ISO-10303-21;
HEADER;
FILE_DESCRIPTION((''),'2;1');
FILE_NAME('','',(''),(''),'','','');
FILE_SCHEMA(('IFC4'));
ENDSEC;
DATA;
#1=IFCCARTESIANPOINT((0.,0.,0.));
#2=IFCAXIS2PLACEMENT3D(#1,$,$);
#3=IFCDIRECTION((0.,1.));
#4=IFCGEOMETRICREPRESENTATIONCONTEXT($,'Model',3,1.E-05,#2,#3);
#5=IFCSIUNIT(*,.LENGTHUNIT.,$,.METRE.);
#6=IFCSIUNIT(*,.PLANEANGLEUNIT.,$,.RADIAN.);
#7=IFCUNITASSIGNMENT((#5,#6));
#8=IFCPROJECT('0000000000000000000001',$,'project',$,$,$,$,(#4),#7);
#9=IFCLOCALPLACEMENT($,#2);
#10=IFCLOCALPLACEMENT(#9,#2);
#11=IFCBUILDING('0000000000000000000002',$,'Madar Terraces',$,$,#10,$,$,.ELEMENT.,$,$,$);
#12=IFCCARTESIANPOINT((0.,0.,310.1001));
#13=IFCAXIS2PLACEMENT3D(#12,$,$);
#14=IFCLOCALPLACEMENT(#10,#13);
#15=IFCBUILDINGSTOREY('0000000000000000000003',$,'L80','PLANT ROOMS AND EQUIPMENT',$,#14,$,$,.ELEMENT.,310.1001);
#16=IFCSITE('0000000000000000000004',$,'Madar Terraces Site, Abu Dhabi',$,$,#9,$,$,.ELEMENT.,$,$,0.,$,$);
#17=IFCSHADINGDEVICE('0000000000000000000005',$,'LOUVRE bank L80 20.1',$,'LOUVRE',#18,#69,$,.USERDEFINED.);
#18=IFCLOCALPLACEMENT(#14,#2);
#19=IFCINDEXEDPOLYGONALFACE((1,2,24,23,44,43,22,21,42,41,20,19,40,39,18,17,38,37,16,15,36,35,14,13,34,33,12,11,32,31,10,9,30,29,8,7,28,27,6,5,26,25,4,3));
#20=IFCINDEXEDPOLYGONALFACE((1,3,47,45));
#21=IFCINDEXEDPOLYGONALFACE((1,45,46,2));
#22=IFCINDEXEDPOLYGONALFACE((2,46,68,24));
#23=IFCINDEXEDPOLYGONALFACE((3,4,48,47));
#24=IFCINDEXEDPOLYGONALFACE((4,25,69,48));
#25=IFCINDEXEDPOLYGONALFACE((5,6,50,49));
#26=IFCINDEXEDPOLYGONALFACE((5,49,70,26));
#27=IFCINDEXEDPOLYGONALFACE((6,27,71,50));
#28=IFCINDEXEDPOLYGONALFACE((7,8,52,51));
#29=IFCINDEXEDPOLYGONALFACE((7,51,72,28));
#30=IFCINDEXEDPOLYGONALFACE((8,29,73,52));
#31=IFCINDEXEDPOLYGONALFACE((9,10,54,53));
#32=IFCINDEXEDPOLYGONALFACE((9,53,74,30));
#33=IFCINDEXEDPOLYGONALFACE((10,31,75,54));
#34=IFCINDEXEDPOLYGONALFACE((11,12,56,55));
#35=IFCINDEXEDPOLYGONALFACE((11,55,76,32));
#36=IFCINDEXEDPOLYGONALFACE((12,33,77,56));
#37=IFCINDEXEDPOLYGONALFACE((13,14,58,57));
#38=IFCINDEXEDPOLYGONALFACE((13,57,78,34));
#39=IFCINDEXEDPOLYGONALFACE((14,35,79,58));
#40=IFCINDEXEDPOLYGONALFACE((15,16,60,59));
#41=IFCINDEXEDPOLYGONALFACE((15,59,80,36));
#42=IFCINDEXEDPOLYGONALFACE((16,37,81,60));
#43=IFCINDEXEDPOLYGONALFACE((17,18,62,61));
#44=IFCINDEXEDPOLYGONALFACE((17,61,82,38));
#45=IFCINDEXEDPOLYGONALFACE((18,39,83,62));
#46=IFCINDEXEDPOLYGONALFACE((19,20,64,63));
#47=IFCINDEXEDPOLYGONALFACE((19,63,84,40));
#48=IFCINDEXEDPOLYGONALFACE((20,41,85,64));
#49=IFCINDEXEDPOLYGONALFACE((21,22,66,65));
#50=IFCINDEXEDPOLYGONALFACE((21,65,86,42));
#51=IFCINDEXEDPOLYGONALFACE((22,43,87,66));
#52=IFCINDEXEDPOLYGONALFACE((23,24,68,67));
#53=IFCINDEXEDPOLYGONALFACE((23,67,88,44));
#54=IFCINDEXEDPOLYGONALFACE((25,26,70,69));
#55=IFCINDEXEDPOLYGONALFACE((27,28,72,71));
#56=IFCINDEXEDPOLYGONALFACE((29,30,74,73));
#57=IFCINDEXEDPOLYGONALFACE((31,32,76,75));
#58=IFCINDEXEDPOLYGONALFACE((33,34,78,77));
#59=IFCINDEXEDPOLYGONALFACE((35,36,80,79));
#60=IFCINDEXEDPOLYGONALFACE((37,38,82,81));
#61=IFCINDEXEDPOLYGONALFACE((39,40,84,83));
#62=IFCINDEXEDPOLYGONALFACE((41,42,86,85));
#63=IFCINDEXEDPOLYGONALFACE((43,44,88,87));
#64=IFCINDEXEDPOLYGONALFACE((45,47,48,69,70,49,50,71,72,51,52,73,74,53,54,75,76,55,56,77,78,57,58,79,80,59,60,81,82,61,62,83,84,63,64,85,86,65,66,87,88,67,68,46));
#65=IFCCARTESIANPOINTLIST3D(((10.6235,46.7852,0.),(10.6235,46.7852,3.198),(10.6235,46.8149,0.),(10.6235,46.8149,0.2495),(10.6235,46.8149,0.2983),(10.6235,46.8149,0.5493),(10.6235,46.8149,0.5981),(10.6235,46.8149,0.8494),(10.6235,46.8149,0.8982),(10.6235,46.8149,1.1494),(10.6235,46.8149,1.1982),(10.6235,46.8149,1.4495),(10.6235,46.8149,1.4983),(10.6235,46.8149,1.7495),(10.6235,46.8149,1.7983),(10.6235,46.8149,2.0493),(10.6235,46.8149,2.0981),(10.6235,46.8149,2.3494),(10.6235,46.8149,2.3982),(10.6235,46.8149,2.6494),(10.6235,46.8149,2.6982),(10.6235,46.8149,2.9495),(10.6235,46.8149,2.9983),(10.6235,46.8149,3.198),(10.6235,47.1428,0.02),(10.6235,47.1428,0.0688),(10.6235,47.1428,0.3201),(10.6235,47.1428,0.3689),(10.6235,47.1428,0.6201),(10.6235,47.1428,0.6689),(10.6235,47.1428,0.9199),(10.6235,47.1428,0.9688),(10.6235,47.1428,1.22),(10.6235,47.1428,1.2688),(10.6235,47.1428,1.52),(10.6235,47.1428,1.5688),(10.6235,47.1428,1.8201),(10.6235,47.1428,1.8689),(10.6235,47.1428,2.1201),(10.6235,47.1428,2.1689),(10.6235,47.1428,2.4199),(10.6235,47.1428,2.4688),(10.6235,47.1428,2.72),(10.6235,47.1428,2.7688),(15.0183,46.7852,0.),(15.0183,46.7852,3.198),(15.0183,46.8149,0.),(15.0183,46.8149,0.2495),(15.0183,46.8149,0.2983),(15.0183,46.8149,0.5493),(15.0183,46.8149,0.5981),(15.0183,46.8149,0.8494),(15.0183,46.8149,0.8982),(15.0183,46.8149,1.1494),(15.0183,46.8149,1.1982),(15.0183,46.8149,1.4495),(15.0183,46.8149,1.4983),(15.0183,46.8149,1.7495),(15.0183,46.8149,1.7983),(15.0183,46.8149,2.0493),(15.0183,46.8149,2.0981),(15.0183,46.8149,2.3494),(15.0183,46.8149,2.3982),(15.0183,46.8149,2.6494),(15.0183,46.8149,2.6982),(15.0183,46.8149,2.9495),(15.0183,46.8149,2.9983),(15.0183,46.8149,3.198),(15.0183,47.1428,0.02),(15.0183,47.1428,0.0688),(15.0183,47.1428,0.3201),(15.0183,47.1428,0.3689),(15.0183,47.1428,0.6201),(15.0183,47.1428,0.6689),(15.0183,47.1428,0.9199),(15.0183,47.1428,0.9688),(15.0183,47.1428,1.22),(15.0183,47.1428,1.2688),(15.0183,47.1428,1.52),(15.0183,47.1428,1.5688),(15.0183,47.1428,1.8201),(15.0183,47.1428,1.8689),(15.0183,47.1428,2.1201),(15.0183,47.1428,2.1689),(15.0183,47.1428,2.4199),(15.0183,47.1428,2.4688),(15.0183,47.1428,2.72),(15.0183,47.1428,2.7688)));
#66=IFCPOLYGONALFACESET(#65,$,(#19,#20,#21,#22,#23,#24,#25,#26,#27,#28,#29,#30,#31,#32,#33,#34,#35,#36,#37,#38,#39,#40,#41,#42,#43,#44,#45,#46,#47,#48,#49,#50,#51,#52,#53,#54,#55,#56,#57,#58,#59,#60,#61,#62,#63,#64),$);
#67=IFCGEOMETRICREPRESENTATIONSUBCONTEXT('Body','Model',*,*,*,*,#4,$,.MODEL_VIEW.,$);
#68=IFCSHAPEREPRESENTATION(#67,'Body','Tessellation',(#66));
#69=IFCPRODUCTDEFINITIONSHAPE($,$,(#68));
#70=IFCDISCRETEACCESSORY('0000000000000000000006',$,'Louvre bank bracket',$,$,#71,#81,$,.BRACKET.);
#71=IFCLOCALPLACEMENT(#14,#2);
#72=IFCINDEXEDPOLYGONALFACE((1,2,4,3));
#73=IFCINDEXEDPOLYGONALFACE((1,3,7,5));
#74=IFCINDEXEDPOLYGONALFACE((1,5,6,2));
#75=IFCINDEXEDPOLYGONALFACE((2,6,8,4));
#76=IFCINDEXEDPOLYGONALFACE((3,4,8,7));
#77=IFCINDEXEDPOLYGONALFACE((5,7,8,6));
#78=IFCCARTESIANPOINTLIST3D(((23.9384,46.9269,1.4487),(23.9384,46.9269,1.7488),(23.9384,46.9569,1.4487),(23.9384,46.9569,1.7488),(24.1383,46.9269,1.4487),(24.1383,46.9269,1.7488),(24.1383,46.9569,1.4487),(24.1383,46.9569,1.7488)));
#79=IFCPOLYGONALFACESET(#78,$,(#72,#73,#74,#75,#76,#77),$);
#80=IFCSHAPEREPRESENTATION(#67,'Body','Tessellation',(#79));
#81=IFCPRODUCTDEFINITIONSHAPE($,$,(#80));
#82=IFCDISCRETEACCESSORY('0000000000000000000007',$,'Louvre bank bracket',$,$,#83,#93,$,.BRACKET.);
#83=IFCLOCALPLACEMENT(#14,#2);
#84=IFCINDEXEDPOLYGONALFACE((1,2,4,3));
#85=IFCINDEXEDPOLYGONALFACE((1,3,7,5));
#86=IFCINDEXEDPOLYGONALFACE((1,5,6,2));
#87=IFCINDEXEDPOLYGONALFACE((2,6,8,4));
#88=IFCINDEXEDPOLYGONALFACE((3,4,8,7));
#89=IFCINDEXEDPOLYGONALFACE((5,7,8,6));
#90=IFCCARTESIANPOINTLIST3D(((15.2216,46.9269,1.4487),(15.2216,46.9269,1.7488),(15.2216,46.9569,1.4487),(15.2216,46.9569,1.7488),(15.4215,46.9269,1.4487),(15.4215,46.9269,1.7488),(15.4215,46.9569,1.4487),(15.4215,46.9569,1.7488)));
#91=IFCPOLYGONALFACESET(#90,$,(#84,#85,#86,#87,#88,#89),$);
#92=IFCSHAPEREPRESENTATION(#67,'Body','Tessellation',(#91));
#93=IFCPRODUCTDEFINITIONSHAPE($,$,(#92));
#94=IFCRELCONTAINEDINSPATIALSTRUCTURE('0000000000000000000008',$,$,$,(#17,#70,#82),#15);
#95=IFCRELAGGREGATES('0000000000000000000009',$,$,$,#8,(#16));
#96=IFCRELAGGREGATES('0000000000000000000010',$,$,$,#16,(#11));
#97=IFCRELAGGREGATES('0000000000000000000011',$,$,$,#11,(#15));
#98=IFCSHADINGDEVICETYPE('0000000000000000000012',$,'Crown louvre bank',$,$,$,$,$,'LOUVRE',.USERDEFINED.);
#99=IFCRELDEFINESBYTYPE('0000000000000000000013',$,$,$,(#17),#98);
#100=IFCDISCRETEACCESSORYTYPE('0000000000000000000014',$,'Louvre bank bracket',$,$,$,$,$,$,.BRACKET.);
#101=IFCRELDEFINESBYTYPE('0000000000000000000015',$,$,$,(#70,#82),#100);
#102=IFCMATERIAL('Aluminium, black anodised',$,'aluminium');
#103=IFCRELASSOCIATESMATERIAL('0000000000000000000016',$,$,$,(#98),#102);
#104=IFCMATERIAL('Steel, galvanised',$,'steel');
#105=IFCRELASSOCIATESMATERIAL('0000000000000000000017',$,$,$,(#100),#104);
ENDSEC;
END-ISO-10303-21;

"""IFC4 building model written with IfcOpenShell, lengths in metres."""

from ifc_helpers import new_model, si_unit, direction, frame, origin, origin_2d, place, context, subcontext, project, spatial, polyline, rectangle, outline, extrude, material, type_object, element, save


model = new_model("IFC4")

# Units and contexts
model_context = context("Model", 3, precision=1e-05, world=origin(), true_north=direction((0.0, 1.0)))
body_context = subcontext(model_context, "Body", "Model", "MODEL_VIEW")
ifc_project = project(units=[si_unit("LENGTHUNIT", "METRE"), si_unit("PLANEANGLEUNIT", "RADIAN")], contexts=[model_context])

# Site, building, storey
site_placement = place(None, origin())
site = spatial("IfcSite", under=ifc_project, at=site_placement, Name="Madar Terraces Site, Abu Dhabi", CompositionType="ELEMENT", RefElevation=0.0)
building_placement = place(site_placement, origin())
building = spatial("IfcBuilding", under=site, at=building_placement, Name="Madar Terraces", CompositionType="ELEMENT")
storey_placement = place(building_placement, frame((0.0, 0.0, 310.1001)))
storey = spatial("IfcBuildingStorey", under=building, at=storey_placement, Name="L80", Description="PLANT ROOMS AND EQUIPMENT", CompositionType="ELEMENT", Elevation=310.1001)

# Shading device
ifc_material_1 = material(Name="Aluminium, black anodised", Category="aluminium")
shading_device_type = type_object("IfcShadingDeviceType", Name="Crown louvre bank", ElementType="LOUVRE", PredefinedType="USERDEFINED", material=ifc_material_1)
shading_device_1_placement = place(storey_placement, frame((15.0183, 46.8, 0.0), z_axis=(-1.0, 0.0, 0.0), x_axis=(0.0, -1.0, 0.0)))
element("IfcShadingDevice", 1, at=shading_device_1_placement, inside=storey, type_object=shading_device_type, Name="LOUVRE bank L80 20.1", ObjectType="LOUVRE", PredefinedType="USERDEFINED", context=body_context, shape_type="SweptSolid", body=[
    extrude(outline(polyline([(0.0149, 0.0), (-0.0149, 0.0), (-0.0149, 0.2495), (-0.3428, 0.02), (-0.3428, 0.0688), (-0.0149, 0.2983), (-0.0149, 0.5493), (-0.3428, 0.3201), (-0.3428, 0.3689), (-0.0149, 0.5981), (-0.0149, 0.8494), (-0.3428, 0.6201), (-0.3428, 0.6689), (-0.0149, 0.8982), (-0.0149, 1.1494), (-0.3428, 0.9199), (-0.3428, 0.9688), (-0.0149, 1.1982), (-0.0149, 1.4495), (-0.3428, 1.22), (-0.3428, 1.2688), (-0.0149, 1.4983), (-0.0149, 1.7495), (-0.3428, 1.52), (-0.3428, 1.5688), (-0.0149, 1.7983), (-0.0149, 2.0493), (-0.3428, 1.8201), (-0.3428, 1.8689), (-0.0149, 2.0981), (-0.0149, 2.3494), (-0.3428, 2.1201), (-0.3428, 2.1689), (-0.0149, 2.3982), (-0.0149, 2.6494), (-0.3428, 2.4199), (-0.3428, 2.4688), (-0.0149, 2.6982), (-0.0149, 2.9495), (-0.3428, 2.72), (-0.3428, 2.7688), (-0.0149, 2.9983), (-0.0149, 3.198), (0.0149, 3.198), (0.0149, 0.0)])), origin(), (0.0, 0.0, 1.0), 4.3948),
])

# Discrete accessories
ifc_material_2 = material(Name="Steel, galvanised", Category="steel")
discrete_accessory_type = type_object("IfcDiscreteAccessoryType", Name="Louvre bank bracket", PredefinedType="BRACKET", material=ifc_material_2)
for number, where, z_axis, x_axis, name in (
    (2, (24.0383, 46.9419, 1.4487), (0.0, 0.0, 1.0), (-1.0, 0.0, 0.0), "Louvre bank bracket"),
    (3, (15.3215, 46.9419, 1.4487), (0.0, 0.0, 1.0), (-1.0, 0.0, 0.0), "Louvre bank bracket"),
):
    element("IfcDiscreteAccessory", number, at=place(storey_placement, frame(where, z_axis=z_axis, x_axis=x_axis)), inside=storey, type_object=discrete_accessory_type, Name=name, PredefinedType="BRACKET", context=body_context, shape_type="SweptSolid", body=[
        extrude(rectangle(XDim=0.2, YDim=0.03, at=origin_2d()), origin(), (0.0, 0.0, 1.0), 0.3),
    ])

save(model, "model.ifc")
